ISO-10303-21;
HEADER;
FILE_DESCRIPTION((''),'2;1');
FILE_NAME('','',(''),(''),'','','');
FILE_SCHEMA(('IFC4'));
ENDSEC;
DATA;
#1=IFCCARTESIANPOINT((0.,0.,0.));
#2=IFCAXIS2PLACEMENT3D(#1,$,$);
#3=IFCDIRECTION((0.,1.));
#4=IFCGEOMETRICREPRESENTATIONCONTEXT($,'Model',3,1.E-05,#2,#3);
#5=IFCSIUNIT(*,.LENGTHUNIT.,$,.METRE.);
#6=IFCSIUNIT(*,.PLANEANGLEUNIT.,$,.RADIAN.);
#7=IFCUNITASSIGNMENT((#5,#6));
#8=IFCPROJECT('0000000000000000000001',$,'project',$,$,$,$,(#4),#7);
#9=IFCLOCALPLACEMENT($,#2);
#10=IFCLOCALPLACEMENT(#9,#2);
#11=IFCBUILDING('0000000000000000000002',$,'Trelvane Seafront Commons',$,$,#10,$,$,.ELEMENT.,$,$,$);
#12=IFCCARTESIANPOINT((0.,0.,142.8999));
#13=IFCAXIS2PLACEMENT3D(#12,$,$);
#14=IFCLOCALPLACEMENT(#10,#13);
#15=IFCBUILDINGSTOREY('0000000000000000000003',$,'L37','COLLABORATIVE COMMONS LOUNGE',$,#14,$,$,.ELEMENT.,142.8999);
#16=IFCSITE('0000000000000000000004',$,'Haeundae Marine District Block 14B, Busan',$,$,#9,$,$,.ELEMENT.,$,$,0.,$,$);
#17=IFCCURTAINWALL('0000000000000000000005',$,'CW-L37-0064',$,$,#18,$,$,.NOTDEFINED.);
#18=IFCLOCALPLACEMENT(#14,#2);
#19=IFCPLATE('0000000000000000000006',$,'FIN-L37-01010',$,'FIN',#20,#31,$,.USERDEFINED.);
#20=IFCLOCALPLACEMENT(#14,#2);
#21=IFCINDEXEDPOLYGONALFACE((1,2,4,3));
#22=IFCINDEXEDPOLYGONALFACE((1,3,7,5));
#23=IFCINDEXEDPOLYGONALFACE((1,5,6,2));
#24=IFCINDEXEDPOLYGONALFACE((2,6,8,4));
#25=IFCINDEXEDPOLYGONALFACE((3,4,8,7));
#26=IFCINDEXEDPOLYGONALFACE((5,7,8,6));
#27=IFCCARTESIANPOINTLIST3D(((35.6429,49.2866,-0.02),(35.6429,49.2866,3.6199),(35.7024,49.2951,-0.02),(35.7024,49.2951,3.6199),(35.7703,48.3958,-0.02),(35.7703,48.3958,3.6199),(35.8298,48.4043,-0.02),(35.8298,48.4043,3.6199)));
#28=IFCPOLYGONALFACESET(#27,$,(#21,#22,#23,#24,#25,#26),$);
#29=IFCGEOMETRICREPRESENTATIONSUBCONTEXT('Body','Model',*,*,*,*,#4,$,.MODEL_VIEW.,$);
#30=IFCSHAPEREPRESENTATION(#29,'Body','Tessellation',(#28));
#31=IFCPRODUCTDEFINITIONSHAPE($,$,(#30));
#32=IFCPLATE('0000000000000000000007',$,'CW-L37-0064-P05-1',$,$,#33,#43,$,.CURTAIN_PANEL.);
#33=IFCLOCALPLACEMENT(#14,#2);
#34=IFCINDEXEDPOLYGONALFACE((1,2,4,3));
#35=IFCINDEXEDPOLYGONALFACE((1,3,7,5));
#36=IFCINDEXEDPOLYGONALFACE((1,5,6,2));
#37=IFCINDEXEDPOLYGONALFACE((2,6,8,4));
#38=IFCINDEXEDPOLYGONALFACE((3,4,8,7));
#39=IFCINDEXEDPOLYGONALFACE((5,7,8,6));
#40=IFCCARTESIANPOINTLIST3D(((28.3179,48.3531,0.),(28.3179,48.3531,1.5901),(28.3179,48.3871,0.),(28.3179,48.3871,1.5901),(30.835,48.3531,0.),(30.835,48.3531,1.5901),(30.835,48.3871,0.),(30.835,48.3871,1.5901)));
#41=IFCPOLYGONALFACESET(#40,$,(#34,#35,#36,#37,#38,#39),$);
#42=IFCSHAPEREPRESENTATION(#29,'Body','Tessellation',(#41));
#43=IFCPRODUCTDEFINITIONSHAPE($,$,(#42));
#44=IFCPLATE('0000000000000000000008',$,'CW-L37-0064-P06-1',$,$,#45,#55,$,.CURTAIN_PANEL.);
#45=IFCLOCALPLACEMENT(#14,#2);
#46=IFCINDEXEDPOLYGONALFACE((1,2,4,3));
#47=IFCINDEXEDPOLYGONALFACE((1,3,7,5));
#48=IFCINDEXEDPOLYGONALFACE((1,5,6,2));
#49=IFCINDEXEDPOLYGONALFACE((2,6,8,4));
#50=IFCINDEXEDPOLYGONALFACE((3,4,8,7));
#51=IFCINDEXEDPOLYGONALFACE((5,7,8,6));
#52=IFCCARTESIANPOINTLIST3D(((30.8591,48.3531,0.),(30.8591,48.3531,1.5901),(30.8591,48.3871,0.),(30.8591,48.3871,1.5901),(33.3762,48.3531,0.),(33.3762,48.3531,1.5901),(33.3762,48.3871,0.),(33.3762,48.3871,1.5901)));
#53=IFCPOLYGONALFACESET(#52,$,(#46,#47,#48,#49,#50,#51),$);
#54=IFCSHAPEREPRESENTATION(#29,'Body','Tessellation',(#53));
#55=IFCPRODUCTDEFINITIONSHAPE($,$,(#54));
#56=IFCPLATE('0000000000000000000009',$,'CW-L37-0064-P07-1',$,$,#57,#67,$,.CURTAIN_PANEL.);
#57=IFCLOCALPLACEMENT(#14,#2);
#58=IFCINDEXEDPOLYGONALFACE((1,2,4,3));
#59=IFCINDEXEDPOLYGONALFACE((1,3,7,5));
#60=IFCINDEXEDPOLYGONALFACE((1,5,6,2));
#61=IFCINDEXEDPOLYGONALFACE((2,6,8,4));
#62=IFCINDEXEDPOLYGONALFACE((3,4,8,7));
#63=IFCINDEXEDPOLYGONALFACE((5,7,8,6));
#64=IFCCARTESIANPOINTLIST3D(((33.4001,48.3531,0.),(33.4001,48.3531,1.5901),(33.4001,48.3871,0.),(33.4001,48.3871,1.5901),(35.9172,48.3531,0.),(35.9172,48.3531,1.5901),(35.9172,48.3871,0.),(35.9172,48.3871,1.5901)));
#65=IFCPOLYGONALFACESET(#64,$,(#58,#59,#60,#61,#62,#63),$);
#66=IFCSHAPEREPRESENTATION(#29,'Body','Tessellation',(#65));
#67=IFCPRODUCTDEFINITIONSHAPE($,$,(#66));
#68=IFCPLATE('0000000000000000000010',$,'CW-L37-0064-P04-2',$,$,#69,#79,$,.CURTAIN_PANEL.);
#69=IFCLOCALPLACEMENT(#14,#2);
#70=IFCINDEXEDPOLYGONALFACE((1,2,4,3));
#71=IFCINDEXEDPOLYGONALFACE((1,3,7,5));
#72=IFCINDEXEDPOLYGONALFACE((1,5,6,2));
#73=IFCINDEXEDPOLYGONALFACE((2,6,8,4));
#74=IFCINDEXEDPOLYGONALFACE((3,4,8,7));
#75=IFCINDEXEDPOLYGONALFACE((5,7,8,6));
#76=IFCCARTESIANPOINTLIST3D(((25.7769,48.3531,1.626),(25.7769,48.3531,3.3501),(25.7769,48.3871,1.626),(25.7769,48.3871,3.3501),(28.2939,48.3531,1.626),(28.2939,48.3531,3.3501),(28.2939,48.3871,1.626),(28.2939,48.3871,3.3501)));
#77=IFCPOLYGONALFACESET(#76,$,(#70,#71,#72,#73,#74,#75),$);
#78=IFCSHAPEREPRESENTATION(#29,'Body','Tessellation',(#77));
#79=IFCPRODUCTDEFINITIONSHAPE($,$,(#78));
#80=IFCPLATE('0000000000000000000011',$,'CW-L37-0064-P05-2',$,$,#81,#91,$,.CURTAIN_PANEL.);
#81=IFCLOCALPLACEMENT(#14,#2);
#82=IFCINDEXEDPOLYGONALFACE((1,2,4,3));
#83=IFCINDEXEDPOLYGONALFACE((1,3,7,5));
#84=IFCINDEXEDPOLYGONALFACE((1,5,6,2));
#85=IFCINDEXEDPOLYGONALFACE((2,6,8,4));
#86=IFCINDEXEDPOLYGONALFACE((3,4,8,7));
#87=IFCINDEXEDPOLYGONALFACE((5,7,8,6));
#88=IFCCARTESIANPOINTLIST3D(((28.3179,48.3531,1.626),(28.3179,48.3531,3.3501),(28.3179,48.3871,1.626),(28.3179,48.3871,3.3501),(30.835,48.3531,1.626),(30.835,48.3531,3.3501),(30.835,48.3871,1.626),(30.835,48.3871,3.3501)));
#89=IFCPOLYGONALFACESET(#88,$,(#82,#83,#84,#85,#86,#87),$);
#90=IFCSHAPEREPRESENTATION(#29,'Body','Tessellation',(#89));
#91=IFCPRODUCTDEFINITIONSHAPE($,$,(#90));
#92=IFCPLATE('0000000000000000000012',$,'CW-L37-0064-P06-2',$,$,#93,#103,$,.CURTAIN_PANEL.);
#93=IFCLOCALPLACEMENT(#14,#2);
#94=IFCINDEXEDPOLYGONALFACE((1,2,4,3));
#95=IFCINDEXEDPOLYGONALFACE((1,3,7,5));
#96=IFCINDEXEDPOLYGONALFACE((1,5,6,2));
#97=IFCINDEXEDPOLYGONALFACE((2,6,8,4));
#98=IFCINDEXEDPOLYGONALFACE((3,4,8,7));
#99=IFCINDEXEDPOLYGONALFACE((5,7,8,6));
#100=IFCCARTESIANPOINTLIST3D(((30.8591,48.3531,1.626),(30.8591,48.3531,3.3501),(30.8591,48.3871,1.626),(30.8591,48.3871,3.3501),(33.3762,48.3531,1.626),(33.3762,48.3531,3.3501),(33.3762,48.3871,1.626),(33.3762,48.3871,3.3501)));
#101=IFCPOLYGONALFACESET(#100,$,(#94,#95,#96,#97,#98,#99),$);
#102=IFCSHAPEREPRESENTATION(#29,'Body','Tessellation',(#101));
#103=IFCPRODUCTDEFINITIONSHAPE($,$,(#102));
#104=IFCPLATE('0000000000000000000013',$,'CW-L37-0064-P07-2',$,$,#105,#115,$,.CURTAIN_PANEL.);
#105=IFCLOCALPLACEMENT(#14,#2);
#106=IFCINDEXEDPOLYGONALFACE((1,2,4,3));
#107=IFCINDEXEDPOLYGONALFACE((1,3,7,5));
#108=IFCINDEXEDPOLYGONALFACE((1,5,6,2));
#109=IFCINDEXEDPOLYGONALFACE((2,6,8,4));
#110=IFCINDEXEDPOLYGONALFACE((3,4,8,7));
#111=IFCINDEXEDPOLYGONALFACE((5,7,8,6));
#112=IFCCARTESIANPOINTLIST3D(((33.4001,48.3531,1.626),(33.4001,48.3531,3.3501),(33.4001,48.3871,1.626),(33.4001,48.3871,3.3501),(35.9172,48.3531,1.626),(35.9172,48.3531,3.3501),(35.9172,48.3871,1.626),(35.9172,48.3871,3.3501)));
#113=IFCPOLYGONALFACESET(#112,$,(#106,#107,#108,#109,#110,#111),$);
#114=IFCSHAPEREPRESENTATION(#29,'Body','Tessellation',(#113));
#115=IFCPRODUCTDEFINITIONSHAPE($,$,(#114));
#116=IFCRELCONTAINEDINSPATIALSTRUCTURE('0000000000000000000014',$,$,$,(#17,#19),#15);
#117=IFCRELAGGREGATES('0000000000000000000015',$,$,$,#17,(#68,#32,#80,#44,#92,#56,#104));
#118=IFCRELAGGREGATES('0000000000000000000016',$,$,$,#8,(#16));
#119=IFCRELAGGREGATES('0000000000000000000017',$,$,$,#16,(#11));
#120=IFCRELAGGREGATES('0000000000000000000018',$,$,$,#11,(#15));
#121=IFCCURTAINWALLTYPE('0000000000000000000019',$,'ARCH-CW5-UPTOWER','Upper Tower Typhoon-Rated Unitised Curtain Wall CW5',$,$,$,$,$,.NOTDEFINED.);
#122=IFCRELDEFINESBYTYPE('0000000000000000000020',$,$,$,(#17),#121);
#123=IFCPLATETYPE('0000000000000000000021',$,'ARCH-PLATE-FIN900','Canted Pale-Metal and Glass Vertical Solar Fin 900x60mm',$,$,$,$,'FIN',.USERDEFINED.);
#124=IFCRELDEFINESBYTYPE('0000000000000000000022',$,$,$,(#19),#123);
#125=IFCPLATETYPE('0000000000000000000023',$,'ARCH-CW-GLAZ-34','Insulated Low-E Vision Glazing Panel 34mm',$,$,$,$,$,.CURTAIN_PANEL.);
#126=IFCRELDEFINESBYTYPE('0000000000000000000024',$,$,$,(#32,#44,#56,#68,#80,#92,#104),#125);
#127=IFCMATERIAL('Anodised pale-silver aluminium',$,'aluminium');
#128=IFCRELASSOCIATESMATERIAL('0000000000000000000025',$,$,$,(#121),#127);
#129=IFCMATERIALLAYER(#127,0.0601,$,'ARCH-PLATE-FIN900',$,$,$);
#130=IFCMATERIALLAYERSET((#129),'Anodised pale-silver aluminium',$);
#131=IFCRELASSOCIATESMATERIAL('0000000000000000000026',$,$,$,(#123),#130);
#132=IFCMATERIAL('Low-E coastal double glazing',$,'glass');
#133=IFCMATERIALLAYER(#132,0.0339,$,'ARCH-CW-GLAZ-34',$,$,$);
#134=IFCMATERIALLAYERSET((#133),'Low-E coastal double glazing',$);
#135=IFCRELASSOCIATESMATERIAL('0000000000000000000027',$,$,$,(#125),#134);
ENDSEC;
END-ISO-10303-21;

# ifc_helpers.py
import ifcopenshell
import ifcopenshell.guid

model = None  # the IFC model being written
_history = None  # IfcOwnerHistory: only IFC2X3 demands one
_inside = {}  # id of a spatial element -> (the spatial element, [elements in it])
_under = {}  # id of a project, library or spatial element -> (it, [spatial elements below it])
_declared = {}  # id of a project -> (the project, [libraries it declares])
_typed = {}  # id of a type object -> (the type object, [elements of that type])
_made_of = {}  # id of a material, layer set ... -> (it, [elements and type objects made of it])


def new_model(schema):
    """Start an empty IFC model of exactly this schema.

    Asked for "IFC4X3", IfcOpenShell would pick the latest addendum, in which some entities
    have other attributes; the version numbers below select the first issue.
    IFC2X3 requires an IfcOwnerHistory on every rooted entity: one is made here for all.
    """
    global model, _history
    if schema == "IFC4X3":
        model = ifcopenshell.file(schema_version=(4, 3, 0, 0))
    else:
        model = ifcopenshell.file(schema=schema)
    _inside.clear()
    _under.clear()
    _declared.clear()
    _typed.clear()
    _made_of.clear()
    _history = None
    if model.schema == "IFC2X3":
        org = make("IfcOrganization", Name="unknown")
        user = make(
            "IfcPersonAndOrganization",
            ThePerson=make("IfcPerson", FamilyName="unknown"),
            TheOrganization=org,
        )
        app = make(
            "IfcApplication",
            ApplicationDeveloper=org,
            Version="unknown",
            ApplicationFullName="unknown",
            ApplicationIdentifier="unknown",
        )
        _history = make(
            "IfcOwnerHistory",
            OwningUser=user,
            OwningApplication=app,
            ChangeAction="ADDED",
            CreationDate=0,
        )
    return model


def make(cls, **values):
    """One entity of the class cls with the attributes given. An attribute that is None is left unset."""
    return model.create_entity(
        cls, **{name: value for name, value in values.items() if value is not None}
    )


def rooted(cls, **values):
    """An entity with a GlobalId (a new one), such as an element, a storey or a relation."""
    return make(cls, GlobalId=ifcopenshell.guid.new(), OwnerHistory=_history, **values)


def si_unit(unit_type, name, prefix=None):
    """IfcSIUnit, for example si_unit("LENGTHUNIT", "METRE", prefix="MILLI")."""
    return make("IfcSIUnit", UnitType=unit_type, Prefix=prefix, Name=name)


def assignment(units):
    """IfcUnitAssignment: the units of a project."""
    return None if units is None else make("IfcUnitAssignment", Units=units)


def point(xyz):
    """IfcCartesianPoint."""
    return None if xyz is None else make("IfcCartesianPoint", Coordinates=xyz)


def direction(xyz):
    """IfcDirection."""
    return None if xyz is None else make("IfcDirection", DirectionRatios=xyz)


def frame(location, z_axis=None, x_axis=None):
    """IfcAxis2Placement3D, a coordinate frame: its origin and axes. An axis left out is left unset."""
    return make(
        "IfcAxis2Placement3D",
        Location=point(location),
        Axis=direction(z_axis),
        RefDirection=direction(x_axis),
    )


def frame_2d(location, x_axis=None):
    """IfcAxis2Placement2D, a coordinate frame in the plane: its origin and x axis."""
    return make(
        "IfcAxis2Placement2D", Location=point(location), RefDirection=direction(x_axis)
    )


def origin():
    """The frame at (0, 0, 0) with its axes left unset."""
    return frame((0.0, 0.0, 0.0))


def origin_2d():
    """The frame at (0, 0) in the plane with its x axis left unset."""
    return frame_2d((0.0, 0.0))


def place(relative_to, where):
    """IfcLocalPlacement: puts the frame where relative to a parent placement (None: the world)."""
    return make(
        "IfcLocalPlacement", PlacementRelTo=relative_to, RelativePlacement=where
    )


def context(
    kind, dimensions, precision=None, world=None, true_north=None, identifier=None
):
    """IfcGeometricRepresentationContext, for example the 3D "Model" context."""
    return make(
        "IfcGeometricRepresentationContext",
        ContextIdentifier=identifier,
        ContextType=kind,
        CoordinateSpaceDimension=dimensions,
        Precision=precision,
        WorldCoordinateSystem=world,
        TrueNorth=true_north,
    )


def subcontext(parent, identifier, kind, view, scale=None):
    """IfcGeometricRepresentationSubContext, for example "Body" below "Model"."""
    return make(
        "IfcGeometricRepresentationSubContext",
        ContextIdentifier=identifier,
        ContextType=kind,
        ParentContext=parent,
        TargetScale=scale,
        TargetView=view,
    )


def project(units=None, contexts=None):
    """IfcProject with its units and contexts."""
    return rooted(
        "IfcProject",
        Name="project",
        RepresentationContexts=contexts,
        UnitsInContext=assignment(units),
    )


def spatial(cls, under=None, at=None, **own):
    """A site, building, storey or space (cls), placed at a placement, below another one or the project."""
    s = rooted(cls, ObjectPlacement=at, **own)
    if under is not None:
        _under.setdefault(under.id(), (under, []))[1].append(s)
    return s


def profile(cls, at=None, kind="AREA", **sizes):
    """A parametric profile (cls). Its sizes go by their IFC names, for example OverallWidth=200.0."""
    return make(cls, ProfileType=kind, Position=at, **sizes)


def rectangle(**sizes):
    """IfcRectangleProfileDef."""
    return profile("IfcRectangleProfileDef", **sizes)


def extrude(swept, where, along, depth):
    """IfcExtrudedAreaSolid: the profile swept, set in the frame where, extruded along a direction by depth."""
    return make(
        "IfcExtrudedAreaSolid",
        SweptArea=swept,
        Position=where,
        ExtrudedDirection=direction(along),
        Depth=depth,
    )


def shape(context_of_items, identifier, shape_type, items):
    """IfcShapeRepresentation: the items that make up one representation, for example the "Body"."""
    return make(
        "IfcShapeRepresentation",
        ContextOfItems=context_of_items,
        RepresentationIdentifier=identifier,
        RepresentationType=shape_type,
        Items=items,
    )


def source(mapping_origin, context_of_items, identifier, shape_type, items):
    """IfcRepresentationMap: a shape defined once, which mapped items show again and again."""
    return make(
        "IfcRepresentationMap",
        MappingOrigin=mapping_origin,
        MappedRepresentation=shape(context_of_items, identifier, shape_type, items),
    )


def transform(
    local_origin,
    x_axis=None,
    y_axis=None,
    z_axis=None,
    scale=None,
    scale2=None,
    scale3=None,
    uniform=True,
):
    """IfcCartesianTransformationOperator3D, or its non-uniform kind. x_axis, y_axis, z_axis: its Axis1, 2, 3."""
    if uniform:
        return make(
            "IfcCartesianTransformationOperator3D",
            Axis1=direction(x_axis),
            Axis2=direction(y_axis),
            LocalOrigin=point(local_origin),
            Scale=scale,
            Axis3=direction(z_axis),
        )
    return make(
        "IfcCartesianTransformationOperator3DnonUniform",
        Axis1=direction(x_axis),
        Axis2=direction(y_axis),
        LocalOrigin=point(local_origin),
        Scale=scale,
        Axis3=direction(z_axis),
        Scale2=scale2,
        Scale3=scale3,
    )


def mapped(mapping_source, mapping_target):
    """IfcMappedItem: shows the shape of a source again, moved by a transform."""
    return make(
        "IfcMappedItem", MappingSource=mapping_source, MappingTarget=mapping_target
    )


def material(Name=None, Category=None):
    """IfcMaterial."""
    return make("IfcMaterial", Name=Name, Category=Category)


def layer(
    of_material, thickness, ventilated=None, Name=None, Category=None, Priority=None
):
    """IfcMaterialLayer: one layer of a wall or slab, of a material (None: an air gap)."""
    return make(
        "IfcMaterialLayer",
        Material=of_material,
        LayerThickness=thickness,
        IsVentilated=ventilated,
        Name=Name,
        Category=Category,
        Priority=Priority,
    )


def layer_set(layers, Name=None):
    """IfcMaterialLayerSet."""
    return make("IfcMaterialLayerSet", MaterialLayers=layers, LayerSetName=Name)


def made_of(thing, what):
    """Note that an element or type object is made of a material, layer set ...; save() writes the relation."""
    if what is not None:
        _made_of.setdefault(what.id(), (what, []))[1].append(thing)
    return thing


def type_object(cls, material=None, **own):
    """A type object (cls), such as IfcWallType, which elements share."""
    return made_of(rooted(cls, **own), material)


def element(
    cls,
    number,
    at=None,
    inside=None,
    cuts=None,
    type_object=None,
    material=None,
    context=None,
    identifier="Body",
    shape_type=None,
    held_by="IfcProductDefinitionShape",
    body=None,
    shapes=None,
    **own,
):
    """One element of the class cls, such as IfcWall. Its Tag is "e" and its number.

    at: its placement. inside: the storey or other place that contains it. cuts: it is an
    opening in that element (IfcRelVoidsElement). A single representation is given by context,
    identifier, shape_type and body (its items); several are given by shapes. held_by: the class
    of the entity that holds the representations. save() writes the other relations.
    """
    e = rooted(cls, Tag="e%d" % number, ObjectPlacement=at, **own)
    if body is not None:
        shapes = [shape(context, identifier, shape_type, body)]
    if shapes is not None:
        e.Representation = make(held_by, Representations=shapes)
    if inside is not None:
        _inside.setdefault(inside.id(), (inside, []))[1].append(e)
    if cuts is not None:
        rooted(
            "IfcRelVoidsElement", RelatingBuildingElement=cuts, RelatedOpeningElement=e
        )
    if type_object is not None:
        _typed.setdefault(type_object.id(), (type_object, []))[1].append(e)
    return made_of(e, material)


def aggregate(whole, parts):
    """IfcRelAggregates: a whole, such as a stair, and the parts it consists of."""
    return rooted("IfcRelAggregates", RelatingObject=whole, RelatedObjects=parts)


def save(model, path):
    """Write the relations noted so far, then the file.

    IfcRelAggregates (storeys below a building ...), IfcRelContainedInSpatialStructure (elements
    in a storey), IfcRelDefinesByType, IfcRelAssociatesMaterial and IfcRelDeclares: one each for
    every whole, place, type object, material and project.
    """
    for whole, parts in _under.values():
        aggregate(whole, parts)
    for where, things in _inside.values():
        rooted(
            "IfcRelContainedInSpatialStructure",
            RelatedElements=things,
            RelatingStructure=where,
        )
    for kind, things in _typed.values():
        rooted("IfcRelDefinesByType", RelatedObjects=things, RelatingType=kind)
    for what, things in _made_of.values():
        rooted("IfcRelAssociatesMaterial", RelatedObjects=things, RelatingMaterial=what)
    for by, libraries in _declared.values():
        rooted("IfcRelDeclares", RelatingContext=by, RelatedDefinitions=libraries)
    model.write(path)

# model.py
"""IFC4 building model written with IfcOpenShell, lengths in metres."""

from ifc_helpers import new_model, si_unit, direction, frame, origin, origin_2d, place, context, subcontext, project, spatial, rectangle, extrude, source, transform, mapped, material, layer, layer_set, type_object, element, aggregate, save


model = new_model("IFC4")

# Units and contexts
model_context = context("Model", 3, precision=1e-05, world=origin(), true_north=direction((0.0, 1.0)))
body_context = subcontext(model_context, "Body", "Model", "MODEL_VIEW")
ifc_project = project(units=[si_unit("LENGTHUNIT", "METRE"), si_unit("PLANEANGLEUNIT", "RADIAN")], contexts=[model_context])

# Site, building, storey
site_placement = place(None, origin())
site = spatial("IfcSite", under=ifc_project, at=site_placement, Name="Haeundae Marine District Block 14B, Busan", CompositionType="ELEMENT", RefElevation=0.0)
building_placement = place(site_placement, origin())
building = spatial("IfcBuilding", under=site, at=building_placement, Name="Trelvane Seafront Commons", CompositionType="ELEMENT")
storey_placement = place(building_placement, frame((0.0, 0.0, 142.8999)))
storey = spatial("IfcBuildingStorey", under=building, at=storey_placement, Name="L37", Description="COLLABORATIVE COMMONS LOUNGE", CompositionType="ELEMENT", Elevation=142.8999)

# Curtain wall
ifc_material_1 = material(Name="Anodised pale-silver aluminium", Category="aluminium")
curtain_wall_type = type_object("IfcCurtainWallType", Name="ARCH-CW5-UPTOWER", Description="Upper Tower Typhoon-Rated Unitised Curtain Wall CW5", PredefinedType="NOTDEFINED", material=ifc_material_1)
curtain_wall_placement = place(storey_placement, origin())
curtain_wall = element("IfcCurtainWall", 1, at=curtain_wall_placement, inside=storey, type_object=curtain_wall_type, Name="CW-L37-0064", PredefinedType="NOTDEFINED")

# Plate
ifc_layer_1 = layer(ifc_material_1, 0.0601, Name="ARCH-PLATE-FIN900")
ifc_layer_set_1 = layer_set([ifc_layer_1], Name="Anodised pale-silver aluminium")
plate_type_1 = type_object("IfcPlateType", Name="ARCH-PLATE-FIN900", Description="Canted Pale-Metal and Glass Vertical Solar Fin 900x60mm", ElementType="FIN", PredefinedType="USERDEFINED", material=ifc_layer_set_1)
shared_shape_1 = source(origin(), body_context, "Body", "SweptSolid", [
    extrude(rectangle(XDim=0.8999, YDim=0.0601, at=origin_2d()), origin(), (0.0, 0.0, 1.0), 3.6399),
])
for number, where, z_axis, x_axis, name in (
    (2, (35.7363, 48.8455, -0.02), (0.0, 0.0, 1.0), (-0.141561, 0.989929, 0.0), "FIN-L37-01010"),
):
    element("IfcPlate", number, at=place(storey_placement, frame(where, z_axis=z_axis, x_axis=x_axis)), inside=storey, type_object=plate_type_1, Name=name, ObjectType="FIN", PredefinedType="USERDEFINED", context=body_context, shape_type="MappedRepresentation", body=[
        mapped(shared_shape_1, transform((0.0, 0.0, 0.0), x_axis=(1.0, 0.0, 0.0), y_axis=(0.0, 1.0, 0.0), z_axis=(0.0, 0.0, 1.0), scale=1.0)),
    ])

# Plates
ifc_material_2 = material(Name="Low-E coastal double glazing", Category="glass")
ifc_layer_2 = layer(ifc_material_2, 0.0339, Name="ARCH-CW-GLAZ-34")
ifc_layer_set_2 = layer_set([ifc_layer_2], Name="Low-E coastal double glazing")
plate_type_2 = type_object("IfcPlateType", Name="ARCH-CW-GLAZ-34", Description="Insulated Low-E Vision Glazing Panel 34mm", PredefinedType="CURTAIN_PANEL", material=ifc_layer_set_2)
shared_shape_2 = source(origin(), body_context, "Body", "SweptSolid", [
    extrude(rectangle(XDim=2.5171, YDim=0.0339, at=origin_2d()), origin(), (0.0, 0.0, 1.0), 1.5901),
])
plate_1_placement = place(storey_placement, frame((29.5764, 48.3701, 0.0), z_axis=(0.0, 0.0, 1.0), x_axis=(1.0, 0.0, 0.0)))
plate_1 = element("IfcPlate", 3, at=plate_1_placement, type_object=plate_type_2, Name="CW-L37-0064-P05-1", PredefinedType="CURTAIN_PANEL", context=body_context, shape_type="MappedRepresentation", body=[
    mapped(shared_shape_2, transform((0.0, 0.0, 0.0), x_axis=(1.0, 0.0, 0.0), y_axis=(0.0, 1.0, 0.0), z_axis=(0.0, 0.0, 1.0), scale=1.0)),
])
plate_2_placement = place(storey_placement, frame((32.1177, 48.3701, 0.0), z_axis=(0.0, 0.0, 1.0), x_axis=(1.0, 0.0, 0.0)))
plate_2 = element("IfcPlate", 4, at=plate_2_placement, type_object=plate_type_2, Name="CW-L37-0064-P06-1", PredefinedType="CURTAIN_PANEL", context=body_context, shape_type="MappedRepresentation", body=[
    mapped(shared_shape_2, transform((0.0, 0.0, 0.0), x_axis=(1.0, 0.0, 0.0), y_axis=(0.0, 1.0, 0.0), z_axis=(0.0, 0.0, 1.0), scale=1.0)),
])
plate_3_placement = place(storey_placement, frame((34.6587, 48.3701, 0.0), z_axis=(0.0, 0.0, 1.0), x_axis=(1.0, 0.0, 0.0)))
plate_3 = element("IfcPlate", 5, at=plate_3_placement, type_object=plate_type_2, Name="CW-L37-0064-P07-1", PredefinedType="CURTAIN_PANEL", context=body_context, shape_type="MappedRepresentation", body=[
    mapped(shared_shape_2, transform((0.0, 0.0, 0.0), x_axis=(1.0, 0.0, 0.0), y_axis=(0.0, 1.0, 0.0), z_axis=(0.0, 0.0, 1.0), scale=1.0)),
])
shared_shape_3 = source(origin(), body_context, "Body", "SweptSolid", [
    extrude(rectangle(XDim=2.5171, YDim=0.0339, at=origin_2d()), origin(), (0.0, 0.0, 1.0), 1.7241),
])
plate_4_placement = place(storey_placement, frame((27.0354, 48.3701, 1.626), z_axis=(0.0, 0.0, 1.0), x_axis=(1.0, 0.0, 0.0)))
plate_4 = element("IfcPlate", 6, at=plate_4_placement, type_object=plate_type_2, Name="CW-L37-0064-P04-2", PredefinedType="CURTAIN_PANEL", context=body_context, shape_type="MappedRepresentation", body=[
    mapped(shared_shape_3, transform((0.0, 0.0, 0.0), x_axis=(1.0, 0.0, 0.0), y_axis=(0.0, 1.0, 0.0), z_axis=(0.0, 0.0, 1.0), scale=1.0)),
])
plate_5_placement = place(storey_placement, frame((29.5764, 48.3701, 1.626), z_axis=(0.0, 0.0, 1.0), x_axis=(1.0, 0.0, 0.0)))
plate_5 = element("IfcPlate", 7, at=plate_5_placement, type_object=plate_type_2, Name="CW-L37-0064-P05-2", PredefinedType="CURTAIN_PANEL", context=body_context, shape_type="MappedRepresentation", body=[
    mapped(shared_shape_3, transform((0.0, 0.0, 0.0), x_axis=(1.0, 0.0, 0.0), y_axis=(0.0, 1.0, 0.0), z_axis=(0.0, 0.0, 1.0), scale=1.0)),
])
plate_6_placement = place(storey_placement, frame((32.1177, 48.3701, 1.626), z_axis=(0.0, 0.0, 1.0), x_axis=(1.0, 0.0, 0.0)))
plate_6 = element("IfcPlate", 8, at=plate_6_placement, type_object=plate_type_2, Name="CW-L37-0064-P06-2", PredefinedType="CURTAIN_PANEL", context=body_context, shape_type="MappedRepresentation", body=[
    mapped(shared_shape_3, transform((0.0, 0.0, 0.0), x_axis=(1.0, 0.0, 0.0), y_axis=(0.0, 1.0, 0.0), z_axis=(0.0, 0.0, 1.0), scale=1.0)),
])
plate_7_placement = place(storey_placement, frame((34.6587, 48.3701, 1.626), z_axis=(0.0, 0.0, 1.0), x_axis=(1.0, 0.0, 0.0)))
plate_7 = element("IfcPlate", 9, at=plate_7_placement, type_object=plate_type_2, Name="CW-L37-0064-P07-2", PredefinedType="CURTAIN_PANEL", context=body_context, shape_type="MappedRepresentation", body=[
    mapped(shared_shape_3, transform((0.0, 0.0, 0.0), x_axis=(1.0, 0.0, 0.0), y_axis=(0.0, 1.0, 0.0), z_axis=(0.0, 0.0, 1.0), scale=1.0)),
])
aggregate(curtain_wall, [plate_4, plate_1, plate_5, plate_2, plate_6, plate_3, plate_7])

save(model, "model.ifc")
